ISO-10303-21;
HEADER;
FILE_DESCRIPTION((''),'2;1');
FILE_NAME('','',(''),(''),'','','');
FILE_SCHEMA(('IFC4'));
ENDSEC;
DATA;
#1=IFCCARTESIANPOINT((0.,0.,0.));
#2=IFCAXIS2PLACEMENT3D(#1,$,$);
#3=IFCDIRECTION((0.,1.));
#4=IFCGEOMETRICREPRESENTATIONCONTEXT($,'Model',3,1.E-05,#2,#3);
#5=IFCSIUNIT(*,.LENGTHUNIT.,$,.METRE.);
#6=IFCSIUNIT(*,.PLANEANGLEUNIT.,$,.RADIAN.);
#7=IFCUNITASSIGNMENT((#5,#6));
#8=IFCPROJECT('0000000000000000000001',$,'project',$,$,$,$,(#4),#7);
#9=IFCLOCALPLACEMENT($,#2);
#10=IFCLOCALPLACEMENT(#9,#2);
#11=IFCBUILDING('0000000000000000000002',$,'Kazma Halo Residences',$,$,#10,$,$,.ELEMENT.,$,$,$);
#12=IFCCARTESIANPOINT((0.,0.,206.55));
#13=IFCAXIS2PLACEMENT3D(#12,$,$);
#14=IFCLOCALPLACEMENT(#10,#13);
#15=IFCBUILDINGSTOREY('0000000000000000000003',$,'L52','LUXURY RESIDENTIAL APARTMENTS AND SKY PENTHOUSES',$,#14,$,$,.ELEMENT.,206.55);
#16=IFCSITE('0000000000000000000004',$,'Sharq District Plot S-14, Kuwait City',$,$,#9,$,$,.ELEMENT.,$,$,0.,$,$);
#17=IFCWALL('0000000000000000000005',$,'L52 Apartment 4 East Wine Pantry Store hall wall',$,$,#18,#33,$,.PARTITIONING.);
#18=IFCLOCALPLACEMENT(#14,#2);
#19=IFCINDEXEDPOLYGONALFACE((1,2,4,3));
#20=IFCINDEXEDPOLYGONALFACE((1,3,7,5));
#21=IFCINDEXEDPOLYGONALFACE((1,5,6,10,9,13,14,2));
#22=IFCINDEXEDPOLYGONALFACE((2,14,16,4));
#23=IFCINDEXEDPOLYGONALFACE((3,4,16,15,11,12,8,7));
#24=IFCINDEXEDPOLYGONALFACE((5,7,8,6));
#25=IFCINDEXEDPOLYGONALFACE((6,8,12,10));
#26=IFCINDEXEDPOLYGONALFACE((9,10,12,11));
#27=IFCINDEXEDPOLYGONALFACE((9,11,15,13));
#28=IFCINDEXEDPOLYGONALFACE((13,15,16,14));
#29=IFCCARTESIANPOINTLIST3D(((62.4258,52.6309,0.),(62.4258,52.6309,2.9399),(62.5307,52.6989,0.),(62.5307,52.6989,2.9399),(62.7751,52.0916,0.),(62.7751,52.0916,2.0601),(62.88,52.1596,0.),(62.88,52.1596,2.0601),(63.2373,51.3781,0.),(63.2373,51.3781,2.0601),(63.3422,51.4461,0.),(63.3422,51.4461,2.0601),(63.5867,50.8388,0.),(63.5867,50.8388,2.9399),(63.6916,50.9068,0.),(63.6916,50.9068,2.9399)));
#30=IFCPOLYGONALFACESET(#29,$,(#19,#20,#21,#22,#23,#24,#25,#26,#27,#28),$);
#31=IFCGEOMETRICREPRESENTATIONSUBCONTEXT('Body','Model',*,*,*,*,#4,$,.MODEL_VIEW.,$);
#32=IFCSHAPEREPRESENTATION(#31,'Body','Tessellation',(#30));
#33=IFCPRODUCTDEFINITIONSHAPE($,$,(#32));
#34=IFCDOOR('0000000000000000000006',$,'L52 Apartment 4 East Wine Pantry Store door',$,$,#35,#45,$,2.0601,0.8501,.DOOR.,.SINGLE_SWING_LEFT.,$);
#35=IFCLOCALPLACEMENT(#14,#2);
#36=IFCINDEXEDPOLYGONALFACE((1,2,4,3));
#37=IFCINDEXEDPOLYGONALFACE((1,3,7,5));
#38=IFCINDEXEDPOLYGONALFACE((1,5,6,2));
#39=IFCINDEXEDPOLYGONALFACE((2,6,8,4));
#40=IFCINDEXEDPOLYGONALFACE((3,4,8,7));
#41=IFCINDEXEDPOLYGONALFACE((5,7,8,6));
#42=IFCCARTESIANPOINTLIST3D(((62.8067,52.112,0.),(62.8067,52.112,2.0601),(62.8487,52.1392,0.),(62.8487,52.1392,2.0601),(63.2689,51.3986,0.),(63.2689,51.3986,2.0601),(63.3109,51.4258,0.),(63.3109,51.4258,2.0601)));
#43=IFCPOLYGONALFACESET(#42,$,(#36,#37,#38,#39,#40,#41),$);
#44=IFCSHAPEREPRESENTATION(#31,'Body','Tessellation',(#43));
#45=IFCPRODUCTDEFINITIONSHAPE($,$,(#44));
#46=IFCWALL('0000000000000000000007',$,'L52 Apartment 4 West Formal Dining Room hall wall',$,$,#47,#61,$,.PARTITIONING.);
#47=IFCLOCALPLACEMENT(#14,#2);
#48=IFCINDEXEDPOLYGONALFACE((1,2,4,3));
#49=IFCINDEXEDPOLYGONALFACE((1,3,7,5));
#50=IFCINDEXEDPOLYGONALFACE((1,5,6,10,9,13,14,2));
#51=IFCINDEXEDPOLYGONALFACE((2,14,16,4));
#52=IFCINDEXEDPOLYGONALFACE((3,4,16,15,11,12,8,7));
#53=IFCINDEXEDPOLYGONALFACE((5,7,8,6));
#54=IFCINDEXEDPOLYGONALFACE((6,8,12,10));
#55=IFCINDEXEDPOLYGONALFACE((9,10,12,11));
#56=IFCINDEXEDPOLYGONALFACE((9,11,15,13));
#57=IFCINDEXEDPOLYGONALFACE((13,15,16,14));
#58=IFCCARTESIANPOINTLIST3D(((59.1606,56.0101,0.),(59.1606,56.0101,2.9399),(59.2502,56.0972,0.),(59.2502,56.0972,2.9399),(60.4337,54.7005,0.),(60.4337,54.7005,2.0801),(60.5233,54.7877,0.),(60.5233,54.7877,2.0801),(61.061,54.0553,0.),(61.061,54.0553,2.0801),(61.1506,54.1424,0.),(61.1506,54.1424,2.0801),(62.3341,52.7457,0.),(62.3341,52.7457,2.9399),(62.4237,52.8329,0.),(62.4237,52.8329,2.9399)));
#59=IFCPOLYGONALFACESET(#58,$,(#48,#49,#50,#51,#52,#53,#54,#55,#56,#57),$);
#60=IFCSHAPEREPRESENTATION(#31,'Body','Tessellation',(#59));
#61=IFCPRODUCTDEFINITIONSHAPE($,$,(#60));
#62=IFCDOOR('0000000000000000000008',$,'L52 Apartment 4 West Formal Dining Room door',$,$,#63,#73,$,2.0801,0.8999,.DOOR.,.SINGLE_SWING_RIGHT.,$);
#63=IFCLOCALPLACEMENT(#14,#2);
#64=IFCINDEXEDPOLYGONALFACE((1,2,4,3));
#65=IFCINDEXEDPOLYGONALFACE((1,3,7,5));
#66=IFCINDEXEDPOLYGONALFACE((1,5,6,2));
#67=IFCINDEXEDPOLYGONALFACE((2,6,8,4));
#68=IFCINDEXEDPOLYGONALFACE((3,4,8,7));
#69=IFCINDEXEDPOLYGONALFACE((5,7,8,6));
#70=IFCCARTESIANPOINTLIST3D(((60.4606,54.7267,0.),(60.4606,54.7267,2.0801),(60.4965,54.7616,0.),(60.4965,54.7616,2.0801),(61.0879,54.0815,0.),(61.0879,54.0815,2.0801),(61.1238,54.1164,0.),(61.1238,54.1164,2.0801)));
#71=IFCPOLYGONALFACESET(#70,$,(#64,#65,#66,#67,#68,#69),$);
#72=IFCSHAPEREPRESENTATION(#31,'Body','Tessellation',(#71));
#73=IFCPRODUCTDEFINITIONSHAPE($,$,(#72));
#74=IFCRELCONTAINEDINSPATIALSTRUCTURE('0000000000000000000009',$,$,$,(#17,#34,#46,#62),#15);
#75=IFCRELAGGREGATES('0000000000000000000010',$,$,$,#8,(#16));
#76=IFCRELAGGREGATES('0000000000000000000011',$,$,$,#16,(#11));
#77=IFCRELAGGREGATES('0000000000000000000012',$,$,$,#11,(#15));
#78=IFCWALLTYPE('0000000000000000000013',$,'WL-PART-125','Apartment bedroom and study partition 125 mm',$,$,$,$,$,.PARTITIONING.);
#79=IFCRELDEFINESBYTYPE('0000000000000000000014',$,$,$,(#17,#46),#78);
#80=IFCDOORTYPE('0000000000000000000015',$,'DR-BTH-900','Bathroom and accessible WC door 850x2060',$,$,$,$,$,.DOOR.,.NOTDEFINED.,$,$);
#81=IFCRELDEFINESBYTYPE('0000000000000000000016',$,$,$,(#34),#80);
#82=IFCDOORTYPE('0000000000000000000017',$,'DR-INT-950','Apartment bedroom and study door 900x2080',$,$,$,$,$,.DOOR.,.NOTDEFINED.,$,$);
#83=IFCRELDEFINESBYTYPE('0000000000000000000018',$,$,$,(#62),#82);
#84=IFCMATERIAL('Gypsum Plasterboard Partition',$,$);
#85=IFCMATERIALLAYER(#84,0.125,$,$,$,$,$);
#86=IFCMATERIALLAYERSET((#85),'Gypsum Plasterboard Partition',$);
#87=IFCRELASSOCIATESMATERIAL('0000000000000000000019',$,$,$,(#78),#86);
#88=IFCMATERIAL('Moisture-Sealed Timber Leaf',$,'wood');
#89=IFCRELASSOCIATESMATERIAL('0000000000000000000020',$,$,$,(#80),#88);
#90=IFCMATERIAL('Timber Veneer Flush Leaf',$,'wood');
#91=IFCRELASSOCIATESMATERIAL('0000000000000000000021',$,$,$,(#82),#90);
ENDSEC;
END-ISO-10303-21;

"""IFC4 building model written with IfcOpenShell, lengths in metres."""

from ifc_helpers import new_model, si_unit, direction, frame, frame_2d, origin, place, context, subcontext, project, spatial, rectangle, extrude, material, layer, layer_set, type_object, element, fill, save


model = new_model("IFC4")

# Units and contexts
model_context = context("Model", 3, precision=1e-05, world=origin(), true_north=direction((0.0, 1.0)))
body_context = subcontext(model_context, "Body", "Model", "MODEL_VIEW")
ifc_project = project(units=[si_unit("LENGTHUNIT", "METRE"), si_unit("PLANEANGLEUNIT", "RADIAN")], contexts=[model_context])

# Site, building, storey
site_placement = place(None, origin())
site = spatial("IfcSite", under=ifc_project, at=site_placement, Name="Sharq District Plot S-14, Kuwait City", CompositionType="ELEMENT", RefElevation=0.0)
building_placement = place(site_placement, origin())
building = spatial("IfcBuilding", under=site, at=building_placement, Name="Kazma Halo Residences", CompositionType="ELEMENT")
storey_placement = place(building_placement, frame((0.0, 0.0, 206.55)))
storey = spatial("IfcBuildingStorey", under=building, at=storey_placement, Name="L52", Description="LUXURY RESIDENTIAL APARTMENTS AND SKY PENTHOUSES", CompositionType="ELEMENT", Elevation=206.55)

# Shared definitions
ifc_material_1 = material(Name="Gypsum Plasterboard Partition")
ifc_layer_1 = layer(ifc_material_1, 0.125)
ifc_layer_set_1 = layer_set([ifc_layer_1], Name="Gypsum Plasterboard Partition")
wall_type_1 = type_object("IfcWallType", Name="WL-PART-125", Description="Apartment bedroom and study partition 125 mm", PredefinedType="PARTITIONING", material=ifc_layer_set_1)

# Shared definitions
ifc_material_2 = material(Name="Moisture-Sealed Timber Leaf", Category="wood")
door_type_1 = type_object("IfcDoorType", Name="DR-BTH-900", Description="Bathroom and accessible WC door 850x2060", OperationType="NOTDEFINED", PredefinedType="DOOR", material=ifc_material_2)

# Walls, openings, doors
wall_1_placement = place(storey_placement, frame((63.6392, 50.8728, 0.0), z_axis=(0.0, 0.0, 1.0), x_axis=(-0.543702, 0.839279, 0.0)))
wall_1 = element("IfcWall", 1, at=wall_1_placement, inside=storey, type_object=wall_type_1, Name="L52 Apartment 4 East Wine Pantry Store hall wall", PredefinedType="PARTITIONING", context=body_context, shape_type="SweptSolid", body=[
    extrude(rectangle(XDim=2.1353, YDim=0.125, at=frame_2d((1.0676, 0.0))), origin(), (0.0, 0.0, 1.0), 2.9399),
])
opening_1_placement = place(wall_1_placement, frame((0.6426, 0.0, 0.0)))
opening_1 = element("IfcOpeningElement", 2, at=opening_1_placement, cuts=wall_1, PredefinedType="OPENING", context=body_context, shape_type="SweptSolid", body=[
    extrude(rectangle(XDim=0.8501, YDim=2.0601, at=frame_2d((0.425, 1.03))), frame((0.0, 0.0725, 0.0), z_axis=(0.0, -1.0, 0.0), x_axis=(1.0, 0.0, 0.0)), (0.0, 0.0, 1.0), 0.145),
])
door_1_placement = place(opening_1_placement, origin())
door_1 = element("IfcDoor", 3, at=door_1_placement, inside=storey, type_object=door_type_1, Name="L52 Apartment 4 East Wine Pantry Store door", OperationType="SINGLE_SWING_LEFT", OverallHeight=2.0601, OverallWidth=0.8501, PredefinedType="DOOR", context=body_context, shape_type="SweptSolid", body=[
    extrude(rectangle(XDim=0.8501, YDim=2.0601, at=frame_2d((0.425, 1.03))), frame((0.0, 0.0249, 0.0), z_axis=(0.0, -1.0, 0.0), x_axis=(1.0, 0.0, 0.0)), (0.0, 0.0, 1.0), 0.05),
])
fill(opening_1, door_1)
wall_2_placement = place(storey_placement, frame((62.3789, 52.7893, 0.0), z_axis=(0.0, 0.0, 1.0), x_axis=(-0.697062, 0.717011, 0.0)))
wall_2 = element("IfcWall", 4, at=wall_2_placement, inside=storey, type_object=wall_type_1, Name="L52 Apartment 4 West Formal Dining Room hall wall", PredefinedType="PARTITIONING", context=body_context, shape_type="SweptSolid", body=[
    extrude(rectangle(XDim=4.5527, YDim=0.125, at=frame_2d((2.2764, 0.0))), origin(), (0.0, 0.0, 1.0), 2.9399),
])
opening_2_placement = place(wall_2_placement, frame((1.8264, 0.0, 0.0)))
opening_2 = element("IfcOpeningElement", 5, at=opening_2_placement, cuts=wall_2, PredefinedType="OPENING", context=body_context, shape_type="SweptSolid", body=[
    extrude(rectangle(XDim=0.8999, YDim=2.0801, at=frame_2d((0.45, 1.04))), frame((0.0, 0.0725, 0.0), z_axis=(0.0, -1.0, 0.0), x_axis=(1.0, 0.0, 0.0)), (0.0, 0.0, 1.0), 0.145),
])
ifc_material_3 = material(Name="Timber Veneer Flush Leaf", Category="wood")
door_type_2 = type_object("IfcDoorType", Name="DR-INT-950", Description="Apartment bedroom and study door 900x2080", OperationType="NOTDEFINED", PredefinedType="DOOR", material=ifc_material_3)
door_2_placement = place(opening_2_placement, origin())
door_2 = element("IfcDoor", 6, at=door_2_placement, inside=storey, type_object=door_type_2, Name="L52 Apartment 4 West Formal Dining Room door", OperationType="SINGLE_SWING_RIGHT", OverallHeight=2.0801, OverallWidth=0.8999, PredefinedType="DOOR", context=body_context, shape_type="SweptSolid", body=[
    extrude(rectangle(XDim=0.8999, YDim=2.0801, at=frame_2d((0.45, 1.04))), frame((0.0, 0.0249, 0.0), z_axis=(0.0, -1.0, 0.0), x_axis=(1.0, 0.0, 0.0)), (0.0, 0.0, 1.0), 0.05),
])
fill(opening_2, door_2)

save(model, "model.ifc")
